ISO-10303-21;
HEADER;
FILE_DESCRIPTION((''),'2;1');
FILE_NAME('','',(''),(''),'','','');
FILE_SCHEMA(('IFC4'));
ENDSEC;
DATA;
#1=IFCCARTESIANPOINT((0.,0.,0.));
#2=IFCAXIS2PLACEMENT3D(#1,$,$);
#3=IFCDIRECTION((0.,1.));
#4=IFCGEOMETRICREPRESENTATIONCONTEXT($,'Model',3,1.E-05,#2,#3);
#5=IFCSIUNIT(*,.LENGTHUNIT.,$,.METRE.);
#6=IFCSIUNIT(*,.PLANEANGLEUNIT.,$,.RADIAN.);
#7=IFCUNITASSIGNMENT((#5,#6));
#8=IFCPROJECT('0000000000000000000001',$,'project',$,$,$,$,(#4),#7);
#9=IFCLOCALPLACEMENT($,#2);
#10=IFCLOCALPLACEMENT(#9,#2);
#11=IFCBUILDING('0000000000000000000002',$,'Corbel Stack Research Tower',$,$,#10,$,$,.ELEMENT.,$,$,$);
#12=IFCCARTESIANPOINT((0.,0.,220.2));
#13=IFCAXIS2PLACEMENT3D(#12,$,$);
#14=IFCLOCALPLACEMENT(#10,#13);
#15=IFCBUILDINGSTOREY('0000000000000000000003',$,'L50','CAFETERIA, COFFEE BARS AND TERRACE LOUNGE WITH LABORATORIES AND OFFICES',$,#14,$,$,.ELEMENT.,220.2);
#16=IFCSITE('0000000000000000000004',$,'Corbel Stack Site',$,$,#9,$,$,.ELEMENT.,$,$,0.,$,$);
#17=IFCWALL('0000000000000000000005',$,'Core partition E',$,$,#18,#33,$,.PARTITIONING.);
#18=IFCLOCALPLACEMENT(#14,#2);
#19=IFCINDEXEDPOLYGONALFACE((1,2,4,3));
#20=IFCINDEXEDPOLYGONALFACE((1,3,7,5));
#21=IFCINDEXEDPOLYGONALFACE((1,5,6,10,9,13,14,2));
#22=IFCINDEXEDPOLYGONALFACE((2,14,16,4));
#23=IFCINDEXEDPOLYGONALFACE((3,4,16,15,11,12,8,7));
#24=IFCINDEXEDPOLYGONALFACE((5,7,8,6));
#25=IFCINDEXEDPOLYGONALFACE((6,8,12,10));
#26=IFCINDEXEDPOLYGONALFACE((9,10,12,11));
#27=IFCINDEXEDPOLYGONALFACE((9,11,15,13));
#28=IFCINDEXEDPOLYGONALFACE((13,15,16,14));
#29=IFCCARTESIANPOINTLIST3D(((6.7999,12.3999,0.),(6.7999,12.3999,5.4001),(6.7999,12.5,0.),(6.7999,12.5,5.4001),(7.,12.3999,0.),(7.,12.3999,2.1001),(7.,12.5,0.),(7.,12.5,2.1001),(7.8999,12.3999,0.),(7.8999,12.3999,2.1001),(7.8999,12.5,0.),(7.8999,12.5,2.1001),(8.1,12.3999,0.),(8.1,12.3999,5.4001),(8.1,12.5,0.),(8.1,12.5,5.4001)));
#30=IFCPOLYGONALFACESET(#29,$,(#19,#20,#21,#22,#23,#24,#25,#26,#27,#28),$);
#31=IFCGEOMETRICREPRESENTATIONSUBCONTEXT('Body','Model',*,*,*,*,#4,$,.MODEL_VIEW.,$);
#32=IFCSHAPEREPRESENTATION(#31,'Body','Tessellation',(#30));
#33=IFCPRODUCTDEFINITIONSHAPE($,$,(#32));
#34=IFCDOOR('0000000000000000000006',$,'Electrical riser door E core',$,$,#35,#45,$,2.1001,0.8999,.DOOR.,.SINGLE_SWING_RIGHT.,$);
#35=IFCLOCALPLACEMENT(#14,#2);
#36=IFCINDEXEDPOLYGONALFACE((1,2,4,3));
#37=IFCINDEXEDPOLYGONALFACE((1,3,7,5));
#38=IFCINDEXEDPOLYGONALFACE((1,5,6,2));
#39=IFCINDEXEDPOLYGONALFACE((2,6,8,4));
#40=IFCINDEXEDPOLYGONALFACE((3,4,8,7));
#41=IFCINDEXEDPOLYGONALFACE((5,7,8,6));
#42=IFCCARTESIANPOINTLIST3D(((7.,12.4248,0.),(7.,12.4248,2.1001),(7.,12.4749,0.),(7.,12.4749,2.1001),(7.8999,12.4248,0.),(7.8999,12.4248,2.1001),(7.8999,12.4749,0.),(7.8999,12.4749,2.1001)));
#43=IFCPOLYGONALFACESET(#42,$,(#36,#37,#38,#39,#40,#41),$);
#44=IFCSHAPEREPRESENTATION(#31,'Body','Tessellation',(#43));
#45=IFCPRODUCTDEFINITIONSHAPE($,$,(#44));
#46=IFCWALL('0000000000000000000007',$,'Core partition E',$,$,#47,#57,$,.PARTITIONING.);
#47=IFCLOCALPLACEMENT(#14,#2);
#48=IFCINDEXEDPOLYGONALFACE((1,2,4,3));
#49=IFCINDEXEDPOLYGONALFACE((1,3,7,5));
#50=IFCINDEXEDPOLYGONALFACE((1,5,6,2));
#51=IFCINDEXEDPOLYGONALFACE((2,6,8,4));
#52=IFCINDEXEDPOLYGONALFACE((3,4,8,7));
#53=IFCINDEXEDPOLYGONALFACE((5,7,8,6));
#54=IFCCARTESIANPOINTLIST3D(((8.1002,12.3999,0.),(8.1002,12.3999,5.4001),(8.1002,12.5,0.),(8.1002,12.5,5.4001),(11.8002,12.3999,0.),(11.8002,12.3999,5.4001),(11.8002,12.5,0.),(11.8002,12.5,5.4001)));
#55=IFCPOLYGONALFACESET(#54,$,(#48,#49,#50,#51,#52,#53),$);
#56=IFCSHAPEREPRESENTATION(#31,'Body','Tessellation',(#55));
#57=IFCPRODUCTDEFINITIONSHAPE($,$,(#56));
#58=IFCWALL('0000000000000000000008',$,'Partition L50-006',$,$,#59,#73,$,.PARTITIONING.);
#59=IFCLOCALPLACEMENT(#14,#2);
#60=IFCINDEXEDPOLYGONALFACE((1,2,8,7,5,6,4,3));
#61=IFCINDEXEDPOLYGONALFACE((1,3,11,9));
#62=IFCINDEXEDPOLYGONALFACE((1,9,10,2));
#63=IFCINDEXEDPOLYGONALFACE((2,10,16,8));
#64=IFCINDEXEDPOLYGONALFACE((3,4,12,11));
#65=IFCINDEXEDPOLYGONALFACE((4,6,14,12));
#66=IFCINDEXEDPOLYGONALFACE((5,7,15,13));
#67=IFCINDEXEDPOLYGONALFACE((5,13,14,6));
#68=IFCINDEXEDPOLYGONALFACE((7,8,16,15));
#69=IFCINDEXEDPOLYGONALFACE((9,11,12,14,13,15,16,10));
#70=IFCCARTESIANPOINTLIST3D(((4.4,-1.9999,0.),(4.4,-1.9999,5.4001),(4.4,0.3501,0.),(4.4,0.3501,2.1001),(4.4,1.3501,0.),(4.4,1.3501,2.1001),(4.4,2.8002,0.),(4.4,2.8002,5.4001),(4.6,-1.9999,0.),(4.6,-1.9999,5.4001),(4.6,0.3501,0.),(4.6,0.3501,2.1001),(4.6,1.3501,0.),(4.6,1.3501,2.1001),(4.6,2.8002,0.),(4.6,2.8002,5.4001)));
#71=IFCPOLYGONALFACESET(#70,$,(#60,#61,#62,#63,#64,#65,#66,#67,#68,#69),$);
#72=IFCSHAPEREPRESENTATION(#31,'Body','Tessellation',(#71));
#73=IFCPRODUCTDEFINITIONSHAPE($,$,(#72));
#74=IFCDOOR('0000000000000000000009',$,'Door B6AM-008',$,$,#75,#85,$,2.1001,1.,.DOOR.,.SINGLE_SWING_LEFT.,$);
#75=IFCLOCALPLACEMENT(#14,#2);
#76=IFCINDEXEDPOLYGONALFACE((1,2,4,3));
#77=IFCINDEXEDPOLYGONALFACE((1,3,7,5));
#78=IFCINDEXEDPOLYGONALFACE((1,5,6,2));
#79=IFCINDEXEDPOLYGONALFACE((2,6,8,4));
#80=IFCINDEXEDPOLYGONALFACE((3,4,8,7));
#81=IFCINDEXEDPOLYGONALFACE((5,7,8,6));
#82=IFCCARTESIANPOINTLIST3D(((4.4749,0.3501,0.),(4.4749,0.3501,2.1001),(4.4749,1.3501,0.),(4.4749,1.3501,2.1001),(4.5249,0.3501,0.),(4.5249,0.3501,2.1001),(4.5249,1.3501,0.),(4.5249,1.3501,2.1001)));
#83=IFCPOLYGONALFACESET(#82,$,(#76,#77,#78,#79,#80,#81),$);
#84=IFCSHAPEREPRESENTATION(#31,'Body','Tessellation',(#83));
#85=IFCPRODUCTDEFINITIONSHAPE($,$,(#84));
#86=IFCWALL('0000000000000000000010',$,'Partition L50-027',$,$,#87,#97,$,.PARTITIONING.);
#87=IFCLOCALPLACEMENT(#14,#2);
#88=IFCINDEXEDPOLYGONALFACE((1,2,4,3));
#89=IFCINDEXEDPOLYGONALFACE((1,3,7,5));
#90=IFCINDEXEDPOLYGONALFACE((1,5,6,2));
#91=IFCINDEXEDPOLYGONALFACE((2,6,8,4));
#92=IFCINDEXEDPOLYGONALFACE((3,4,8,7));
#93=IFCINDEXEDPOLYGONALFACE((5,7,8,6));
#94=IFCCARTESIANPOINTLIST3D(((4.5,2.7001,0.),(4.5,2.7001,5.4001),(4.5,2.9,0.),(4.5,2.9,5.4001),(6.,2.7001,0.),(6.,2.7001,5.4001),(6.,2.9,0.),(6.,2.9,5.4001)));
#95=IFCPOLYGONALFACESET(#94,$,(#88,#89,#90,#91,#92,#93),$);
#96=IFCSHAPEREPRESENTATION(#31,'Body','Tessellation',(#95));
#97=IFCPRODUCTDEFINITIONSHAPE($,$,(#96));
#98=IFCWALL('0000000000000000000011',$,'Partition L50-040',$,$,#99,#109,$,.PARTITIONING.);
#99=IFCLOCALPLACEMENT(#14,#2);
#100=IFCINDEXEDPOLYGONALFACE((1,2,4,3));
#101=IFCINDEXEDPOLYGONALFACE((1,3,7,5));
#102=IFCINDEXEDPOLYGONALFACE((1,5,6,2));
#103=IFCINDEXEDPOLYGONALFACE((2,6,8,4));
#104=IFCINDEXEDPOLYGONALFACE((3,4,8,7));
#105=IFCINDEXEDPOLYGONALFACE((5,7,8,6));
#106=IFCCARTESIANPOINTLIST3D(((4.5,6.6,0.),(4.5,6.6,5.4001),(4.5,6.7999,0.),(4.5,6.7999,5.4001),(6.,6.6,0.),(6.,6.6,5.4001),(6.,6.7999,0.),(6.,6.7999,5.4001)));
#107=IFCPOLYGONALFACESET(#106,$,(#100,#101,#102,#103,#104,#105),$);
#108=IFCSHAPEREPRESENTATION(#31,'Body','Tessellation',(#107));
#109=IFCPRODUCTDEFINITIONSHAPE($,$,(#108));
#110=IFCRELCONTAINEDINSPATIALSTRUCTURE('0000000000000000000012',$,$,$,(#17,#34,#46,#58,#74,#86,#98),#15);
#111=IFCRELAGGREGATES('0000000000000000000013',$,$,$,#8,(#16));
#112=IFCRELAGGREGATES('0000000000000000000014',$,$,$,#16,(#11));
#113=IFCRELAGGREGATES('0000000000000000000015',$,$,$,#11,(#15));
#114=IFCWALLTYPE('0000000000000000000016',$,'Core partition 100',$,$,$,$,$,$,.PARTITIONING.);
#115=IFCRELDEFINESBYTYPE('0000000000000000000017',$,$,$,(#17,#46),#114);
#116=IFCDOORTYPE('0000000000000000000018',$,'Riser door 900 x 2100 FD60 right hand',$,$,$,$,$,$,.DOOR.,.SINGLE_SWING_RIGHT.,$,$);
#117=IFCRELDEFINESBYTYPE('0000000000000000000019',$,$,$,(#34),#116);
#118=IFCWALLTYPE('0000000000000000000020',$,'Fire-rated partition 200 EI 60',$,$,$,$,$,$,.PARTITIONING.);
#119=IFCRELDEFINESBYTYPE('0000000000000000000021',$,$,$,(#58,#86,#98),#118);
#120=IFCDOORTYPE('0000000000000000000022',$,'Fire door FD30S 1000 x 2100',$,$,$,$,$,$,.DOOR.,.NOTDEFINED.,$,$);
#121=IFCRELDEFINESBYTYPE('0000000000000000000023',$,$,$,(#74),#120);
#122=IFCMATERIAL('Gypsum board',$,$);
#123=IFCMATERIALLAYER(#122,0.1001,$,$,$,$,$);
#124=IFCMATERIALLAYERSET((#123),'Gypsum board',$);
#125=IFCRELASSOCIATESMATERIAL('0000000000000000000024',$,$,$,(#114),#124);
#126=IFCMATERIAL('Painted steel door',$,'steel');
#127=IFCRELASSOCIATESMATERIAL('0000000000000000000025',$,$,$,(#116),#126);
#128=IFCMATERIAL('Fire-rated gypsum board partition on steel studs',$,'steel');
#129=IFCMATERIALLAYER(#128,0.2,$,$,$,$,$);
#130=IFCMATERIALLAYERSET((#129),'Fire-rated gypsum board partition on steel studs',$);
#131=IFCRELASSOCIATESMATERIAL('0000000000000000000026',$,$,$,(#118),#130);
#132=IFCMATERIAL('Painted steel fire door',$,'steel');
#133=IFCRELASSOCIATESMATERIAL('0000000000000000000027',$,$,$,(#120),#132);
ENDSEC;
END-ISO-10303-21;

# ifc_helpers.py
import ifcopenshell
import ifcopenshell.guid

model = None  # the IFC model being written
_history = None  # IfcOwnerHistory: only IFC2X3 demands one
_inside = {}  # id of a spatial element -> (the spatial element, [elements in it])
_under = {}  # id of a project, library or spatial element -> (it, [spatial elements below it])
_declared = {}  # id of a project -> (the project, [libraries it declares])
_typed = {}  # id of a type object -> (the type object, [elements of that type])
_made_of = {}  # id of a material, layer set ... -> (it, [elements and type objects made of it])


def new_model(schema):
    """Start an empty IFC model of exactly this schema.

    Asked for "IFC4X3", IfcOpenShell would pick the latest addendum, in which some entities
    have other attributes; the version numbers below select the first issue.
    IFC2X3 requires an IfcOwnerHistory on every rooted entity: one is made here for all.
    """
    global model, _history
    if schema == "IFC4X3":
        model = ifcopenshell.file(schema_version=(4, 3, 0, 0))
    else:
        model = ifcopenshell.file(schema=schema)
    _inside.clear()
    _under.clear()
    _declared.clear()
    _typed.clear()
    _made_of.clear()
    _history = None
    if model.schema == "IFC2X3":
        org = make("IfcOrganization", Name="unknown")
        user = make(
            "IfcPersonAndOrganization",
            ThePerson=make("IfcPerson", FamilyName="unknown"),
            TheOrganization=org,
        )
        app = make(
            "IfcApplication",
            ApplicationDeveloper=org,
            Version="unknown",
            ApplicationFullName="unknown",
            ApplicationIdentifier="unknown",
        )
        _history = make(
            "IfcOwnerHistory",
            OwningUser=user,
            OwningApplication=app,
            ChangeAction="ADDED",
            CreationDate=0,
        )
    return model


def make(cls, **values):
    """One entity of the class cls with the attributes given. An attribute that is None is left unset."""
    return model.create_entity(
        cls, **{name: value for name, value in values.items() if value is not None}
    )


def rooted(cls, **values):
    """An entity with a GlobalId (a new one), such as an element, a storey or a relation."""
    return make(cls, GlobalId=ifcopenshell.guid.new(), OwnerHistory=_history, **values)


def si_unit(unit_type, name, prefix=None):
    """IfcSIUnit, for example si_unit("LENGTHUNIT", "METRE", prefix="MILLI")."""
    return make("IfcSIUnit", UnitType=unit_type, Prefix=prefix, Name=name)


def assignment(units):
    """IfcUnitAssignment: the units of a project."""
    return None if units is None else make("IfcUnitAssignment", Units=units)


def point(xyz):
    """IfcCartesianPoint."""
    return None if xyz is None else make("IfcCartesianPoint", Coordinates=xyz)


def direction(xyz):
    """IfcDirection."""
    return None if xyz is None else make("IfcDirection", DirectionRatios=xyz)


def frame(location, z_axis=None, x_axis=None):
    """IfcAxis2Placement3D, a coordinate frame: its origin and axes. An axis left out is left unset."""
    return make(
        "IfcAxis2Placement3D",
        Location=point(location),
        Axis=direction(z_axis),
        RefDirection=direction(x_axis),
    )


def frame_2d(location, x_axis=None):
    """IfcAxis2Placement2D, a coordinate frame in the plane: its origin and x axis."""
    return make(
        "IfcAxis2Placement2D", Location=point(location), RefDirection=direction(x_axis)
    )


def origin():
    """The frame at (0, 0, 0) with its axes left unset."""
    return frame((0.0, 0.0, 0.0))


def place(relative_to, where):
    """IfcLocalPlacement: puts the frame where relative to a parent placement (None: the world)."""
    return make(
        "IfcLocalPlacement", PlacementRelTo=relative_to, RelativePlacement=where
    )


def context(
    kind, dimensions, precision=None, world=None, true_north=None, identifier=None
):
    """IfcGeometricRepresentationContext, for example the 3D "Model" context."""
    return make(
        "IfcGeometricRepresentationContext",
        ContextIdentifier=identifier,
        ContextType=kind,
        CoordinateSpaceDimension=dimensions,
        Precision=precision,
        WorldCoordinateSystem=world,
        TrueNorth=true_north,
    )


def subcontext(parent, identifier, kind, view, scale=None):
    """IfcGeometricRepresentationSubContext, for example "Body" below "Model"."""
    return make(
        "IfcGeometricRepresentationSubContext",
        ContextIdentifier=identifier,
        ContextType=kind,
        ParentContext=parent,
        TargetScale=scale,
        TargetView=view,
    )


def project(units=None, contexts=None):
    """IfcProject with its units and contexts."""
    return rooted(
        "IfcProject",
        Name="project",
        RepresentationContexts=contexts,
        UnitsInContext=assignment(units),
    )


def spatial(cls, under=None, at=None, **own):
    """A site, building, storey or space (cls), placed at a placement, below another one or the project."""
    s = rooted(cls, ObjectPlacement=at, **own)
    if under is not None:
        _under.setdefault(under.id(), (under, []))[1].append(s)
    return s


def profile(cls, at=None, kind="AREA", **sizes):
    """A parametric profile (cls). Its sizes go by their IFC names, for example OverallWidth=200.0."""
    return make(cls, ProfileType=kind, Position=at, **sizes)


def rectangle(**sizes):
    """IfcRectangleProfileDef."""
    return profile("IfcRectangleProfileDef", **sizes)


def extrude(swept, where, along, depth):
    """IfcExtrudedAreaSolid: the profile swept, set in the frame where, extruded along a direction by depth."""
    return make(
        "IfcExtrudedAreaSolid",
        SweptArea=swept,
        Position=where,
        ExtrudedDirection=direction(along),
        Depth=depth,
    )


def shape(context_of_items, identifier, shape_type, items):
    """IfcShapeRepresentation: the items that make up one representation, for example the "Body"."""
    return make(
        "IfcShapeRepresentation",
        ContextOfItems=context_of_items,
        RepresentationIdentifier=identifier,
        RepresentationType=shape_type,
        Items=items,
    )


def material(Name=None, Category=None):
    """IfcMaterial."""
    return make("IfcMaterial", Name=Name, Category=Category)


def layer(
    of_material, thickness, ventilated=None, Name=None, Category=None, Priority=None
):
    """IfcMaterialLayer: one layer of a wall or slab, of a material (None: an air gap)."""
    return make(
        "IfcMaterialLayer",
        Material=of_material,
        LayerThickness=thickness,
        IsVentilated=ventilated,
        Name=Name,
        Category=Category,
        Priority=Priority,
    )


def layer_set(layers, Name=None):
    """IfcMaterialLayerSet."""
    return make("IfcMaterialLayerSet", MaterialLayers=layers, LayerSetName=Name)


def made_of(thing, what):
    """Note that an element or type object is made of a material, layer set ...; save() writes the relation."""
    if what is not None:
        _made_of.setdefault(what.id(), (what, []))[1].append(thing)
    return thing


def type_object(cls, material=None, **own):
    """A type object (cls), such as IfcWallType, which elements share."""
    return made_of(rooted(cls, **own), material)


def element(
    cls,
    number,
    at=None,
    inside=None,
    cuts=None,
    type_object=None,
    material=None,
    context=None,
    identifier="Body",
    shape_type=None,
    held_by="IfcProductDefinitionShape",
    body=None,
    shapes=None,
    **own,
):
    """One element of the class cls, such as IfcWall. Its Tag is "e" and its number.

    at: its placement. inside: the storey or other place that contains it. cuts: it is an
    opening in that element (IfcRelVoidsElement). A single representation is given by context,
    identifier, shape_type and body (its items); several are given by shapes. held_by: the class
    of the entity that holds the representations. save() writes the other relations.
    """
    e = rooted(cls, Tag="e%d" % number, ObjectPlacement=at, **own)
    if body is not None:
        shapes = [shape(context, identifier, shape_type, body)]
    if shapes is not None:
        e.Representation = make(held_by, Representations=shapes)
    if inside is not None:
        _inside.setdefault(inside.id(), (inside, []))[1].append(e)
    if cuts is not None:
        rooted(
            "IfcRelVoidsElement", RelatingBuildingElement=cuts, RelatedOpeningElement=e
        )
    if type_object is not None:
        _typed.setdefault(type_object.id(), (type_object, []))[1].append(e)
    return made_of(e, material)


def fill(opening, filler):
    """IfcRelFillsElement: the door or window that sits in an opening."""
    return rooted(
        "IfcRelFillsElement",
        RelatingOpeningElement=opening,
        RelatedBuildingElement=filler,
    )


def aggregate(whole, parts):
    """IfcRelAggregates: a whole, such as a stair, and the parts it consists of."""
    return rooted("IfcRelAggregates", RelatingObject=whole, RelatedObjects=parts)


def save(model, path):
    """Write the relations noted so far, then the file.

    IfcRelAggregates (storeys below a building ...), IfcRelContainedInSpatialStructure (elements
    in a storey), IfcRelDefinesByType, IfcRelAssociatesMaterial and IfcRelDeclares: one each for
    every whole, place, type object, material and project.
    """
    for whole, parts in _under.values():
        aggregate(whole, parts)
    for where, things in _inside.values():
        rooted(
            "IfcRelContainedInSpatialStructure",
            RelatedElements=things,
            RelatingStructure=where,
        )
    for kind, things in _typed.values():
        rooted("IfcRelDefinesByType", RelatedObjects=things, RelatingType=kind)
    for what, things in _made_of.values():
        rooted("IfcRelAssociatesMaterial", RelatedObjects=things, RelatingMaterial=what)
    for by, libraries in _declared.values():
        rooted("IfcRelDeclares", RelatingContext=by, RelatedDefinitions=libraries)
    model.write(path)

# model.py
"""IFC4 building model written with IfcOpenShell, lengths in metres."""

from ifc_helpers import new_model, si_unit, direction, frame, frame_2d, origin, place, context, subcontext, project, spatial, rectangle, extrude, material, layer, layer_set, type_object, element, fill, save


model = new_model("IFC4")

# Units and contexts
model_context = context("Model", 3, precision=1e-05, world=origin(), true_north=direction((0.0, 1.0)))
body_context = subcontext(model_context, "Body", "Model", "MODEL_VIEW")
ifc_project = project(units=[si_unit("LENGTHUNIT", "METRE"), si_unit("PLANEANGLEUNIT", "RADIAN")], contexts=[model_context])

# Site, building, storey
site_placement = place(None, origin())
site = spatial("IfcSite", under=ifc_project, at=site_placement, Name="Corbel Stack Site", CompositionType="ELEMENT", RefElevation=0.0)
building_placement = place(site_placement, origin())
building = spatial("IfcBuilding", under=site, at=building_placement, Name="Corbel Stack Research Tower", CompositionType="ELEMENT")
storey_placement = place(building_placement, frame((0.0, 0.0, 220.2)))
storey = spatial("IfcBuildingStorey", under=building, at=storey_placement, Name="L50", Description="CAFETERIA, COFFEE BARS AND TERRACE LOUNGE WITH LABORATORIES AND OFFICES", CompositionType="ELEMENT", Elevation=220.2)

# Wall, opening, door
ifc_material_1 = material(Name="Gypsum board")
ifc_layer_1 = layer(ifc_material_1, 0.1001)
ifc_layer_set_1 = layer_set([ifc_layer_1], Name="Gypsum board")
wall_type_1 = type_object("IfcWallType", Name="Core partition 100", PredefinedType="PARTITIONING", material=ifc_layer_set_1)
wall_1_placement = place(storey_placement, frame((6.8, 12.45, 0.0), z_axis=(0.0, 0.0, 1.0), x_axis=(1.0, 0.0, 0.0)))
wall_1 = element("IfcWall", 1, at=wall_1_placement, inside=storey, type_object=wall_type_1, Name="Core partition E", PredefinedType="PARTITIONING", context=body_context, shape_type="SweptSolid", body=[
    extrude(rectangle(XDim=1.3, YDim=0.1001, at=frame_2d((0.6499, 0.0))), origin(), (0.0, 0.0, 1.0), 5.4001),
])
opening_1_placement = place(wall_1_placement, frame((0.2, 0.0, 0.0)))
opening_1 = element("IfcOpeningElement", 2, at=opening_1_placement, cuts=wall_1, PredefinedType="OPENING", context=body_context, shape_type="SweptSolid", body=[
    extrude(rectangle(XDim=0.8999, YDim=2.1001, at=frame_2d((0.45, 1.05))), frame((0.0, 0.0601, 0.0), z_axis=(0.0, -1.0, 0.0), x_axis=(1.0, 0.0, 0.0)), (0.0, 0.0, 1.0), 0.1201),
])
ifc_material_2 = material(Name="Painted steel door", Category="steel")
door_type_1 = type_object("IfcDoorType", Name="Riser door 900 x 2100 FD60 right hand", OperationType="SINGLE_SWING_RIGHT", PredefinedType="DOOR", material=ifc_material_2)
door_1_placement = place(opening_1_placement, origin())
door_1 = element("IfcDoor", 3, at=door_1_placement, inside=storey, type_object=door_type_1, Name="Electrical riser door E core", OperationType="SINGLE_SWING_RIGHT", OverallHeight=2.1001, OverallWidth=0.8999, PredefinedType="DOOR", context=body_context, shape_type="SweptSolid", body=[
    extrude(rectangle(XDim=0.8999, YDim=2.1001, at=frame_2d((0.45, 1.05))), frame((0.0, 0.0249, 0.0), z_axis=(0.0, -1.0, 0.0), x_axis=(1.0, 0.0, 0.0)), (0.0, 0.0, 1.0), 0.05),
])
fill(opening_1, door_1)

# Wall
wall_2_placement = place(storey_placement, frame((8.1001, 12.45, 0.0), z_axis=(0.0, 0.0, 1.0), x_axis=(1.0, 0.0, 0.0)))
element("IfcWall", 4, at=wall_2_placement, inside=storey, type_object=wall_type_1, Name="Core partition E", PredefinedType="PARTITIONING", context=body_context, shape_type="SweptSolid", body=[
    extrude(rectangle(XDim=3.7, YDim=0.1001, at=frame_2d((1.8501, 0.0))), origin(), (0.0, 0.0, 1.0), 5.4001),
])

# Wall, opening, door
ifc_material_3 = material(Name="Fire-rated gypsum board partition on steel studs", Category="steel")
ifc_layer_2 = layer(ifc_material_3, 0.2)
ifc_layer_set_2 = layer_set([ifc_layer_2], Name="Fire-rated gypsum board partition on steel studs")
wall_type_2 = type_object("IfcWallType", Name="Fire-rated partition 200 EI 60", PredefinedType="PARTITIONING", material=ifc_layer_set_2)
wall_3_placement = place(storey_placement, frame((4.5, 2.8, 0.0), z_axis=(0.0, 0.0, 1.0), x_axis=(0.0, -1.0, 0.0)))
wall_3 = element("IfcWall", 5, at=wall_3_placement, inside=storey, type_object=wall_type_2, Name="Partition L50-006", PredefinedType="PARTITIONING", context=body_context, shape_type="SweptSolid", body=[
    extrude(rectangle(XDim=4.8, YDim=0.2, at=frame_2d((2.3999, 0.0))), origin(), (0.0, 0.0, 1.0), 5.4001),
])
opening_2_placement = place(wall_3_placement, frame((1.45, 0.0, 0.0)))
opening_2 = element("IfcOpeningElement", 6, at=opening_2_placement, cuts=wall_3, PredefinedType="OPENING", context=body_context, shape_type="SweptSolid", body=[
    extrude(rectangle(XDim=1.0, YDim=2.1001, at=frame_2d((0.5, 1.05))), frame((0.0, 0.1099, 0.0), z_axis=(0.0, -1.0, 0.0), x_axis=(1.0, 0.0, 0.0)), (0.0, 0.0, 1.0), 0.22),
])
ifc_material_4 = material(Name="Painted steel fire door", Category="steel")
door_type_2 = type_object("IfcDoorType", Name="Fire door FD30S 1000 x 2100", OperationType="NOTDEFINED", PredefinedType="DOOR", material=ifc_material_4)
door_2_placement = place(opening_2_placement, origin())
door_2 = element("IfcDoor", 7, at=door_2_placement, inside=storey, type_object=door_type_2, Name="Door B6AM-008", OperationType="SINGLE_SWING_LEFT", OverallHeight=2.1001, OverallWidth=1.0, PredefinedType="DOOR", context=body_context, shape_type="SweptSolid", body=[
    extrude(rectangle(XDim=1.0, YDim=2.1001, at=frame_2d((0.5, 1.05))), frame((0.0, 0.0249, 0.0), z_axis=(0.0, -1.0, 0.0), x_axis=(1.0, 0.0, 0.0)), (0.0, 0.0, 1.0), 0.05),
])
fill(opening_2, door_2)

# Walls
for number, where, z_axis, x_axis, name in (
    (8, (4.5, 2.8, 0.0), (0.0, 0.0, 1.0), (1.0, 0.0, 0.0), "Partition L50-027"),
    (9, (4.5, 6.7, 0.0), (0.0, 0.0, 1.0), (1.0, 0.0, 0.0), "Partition L50-040"),
):
    element("IfcWall", number, at=place(storey_placement, frame(where, z_axis=z_axis, x_axis=x_axis)), inside=storey, type_object=wall_type_2, Name=name, PredefinedType="PARTITIONING", context=body_context, shape_type="SweptSolid", body=[
        extrude(rectangle(XDim=1.5, YDim=0.2, at=frame_2d((0.75, 0.0))), origin(), (0.0, 0.0, 1.0), 5.4001),
    ])

save(model, "model.ifc")
